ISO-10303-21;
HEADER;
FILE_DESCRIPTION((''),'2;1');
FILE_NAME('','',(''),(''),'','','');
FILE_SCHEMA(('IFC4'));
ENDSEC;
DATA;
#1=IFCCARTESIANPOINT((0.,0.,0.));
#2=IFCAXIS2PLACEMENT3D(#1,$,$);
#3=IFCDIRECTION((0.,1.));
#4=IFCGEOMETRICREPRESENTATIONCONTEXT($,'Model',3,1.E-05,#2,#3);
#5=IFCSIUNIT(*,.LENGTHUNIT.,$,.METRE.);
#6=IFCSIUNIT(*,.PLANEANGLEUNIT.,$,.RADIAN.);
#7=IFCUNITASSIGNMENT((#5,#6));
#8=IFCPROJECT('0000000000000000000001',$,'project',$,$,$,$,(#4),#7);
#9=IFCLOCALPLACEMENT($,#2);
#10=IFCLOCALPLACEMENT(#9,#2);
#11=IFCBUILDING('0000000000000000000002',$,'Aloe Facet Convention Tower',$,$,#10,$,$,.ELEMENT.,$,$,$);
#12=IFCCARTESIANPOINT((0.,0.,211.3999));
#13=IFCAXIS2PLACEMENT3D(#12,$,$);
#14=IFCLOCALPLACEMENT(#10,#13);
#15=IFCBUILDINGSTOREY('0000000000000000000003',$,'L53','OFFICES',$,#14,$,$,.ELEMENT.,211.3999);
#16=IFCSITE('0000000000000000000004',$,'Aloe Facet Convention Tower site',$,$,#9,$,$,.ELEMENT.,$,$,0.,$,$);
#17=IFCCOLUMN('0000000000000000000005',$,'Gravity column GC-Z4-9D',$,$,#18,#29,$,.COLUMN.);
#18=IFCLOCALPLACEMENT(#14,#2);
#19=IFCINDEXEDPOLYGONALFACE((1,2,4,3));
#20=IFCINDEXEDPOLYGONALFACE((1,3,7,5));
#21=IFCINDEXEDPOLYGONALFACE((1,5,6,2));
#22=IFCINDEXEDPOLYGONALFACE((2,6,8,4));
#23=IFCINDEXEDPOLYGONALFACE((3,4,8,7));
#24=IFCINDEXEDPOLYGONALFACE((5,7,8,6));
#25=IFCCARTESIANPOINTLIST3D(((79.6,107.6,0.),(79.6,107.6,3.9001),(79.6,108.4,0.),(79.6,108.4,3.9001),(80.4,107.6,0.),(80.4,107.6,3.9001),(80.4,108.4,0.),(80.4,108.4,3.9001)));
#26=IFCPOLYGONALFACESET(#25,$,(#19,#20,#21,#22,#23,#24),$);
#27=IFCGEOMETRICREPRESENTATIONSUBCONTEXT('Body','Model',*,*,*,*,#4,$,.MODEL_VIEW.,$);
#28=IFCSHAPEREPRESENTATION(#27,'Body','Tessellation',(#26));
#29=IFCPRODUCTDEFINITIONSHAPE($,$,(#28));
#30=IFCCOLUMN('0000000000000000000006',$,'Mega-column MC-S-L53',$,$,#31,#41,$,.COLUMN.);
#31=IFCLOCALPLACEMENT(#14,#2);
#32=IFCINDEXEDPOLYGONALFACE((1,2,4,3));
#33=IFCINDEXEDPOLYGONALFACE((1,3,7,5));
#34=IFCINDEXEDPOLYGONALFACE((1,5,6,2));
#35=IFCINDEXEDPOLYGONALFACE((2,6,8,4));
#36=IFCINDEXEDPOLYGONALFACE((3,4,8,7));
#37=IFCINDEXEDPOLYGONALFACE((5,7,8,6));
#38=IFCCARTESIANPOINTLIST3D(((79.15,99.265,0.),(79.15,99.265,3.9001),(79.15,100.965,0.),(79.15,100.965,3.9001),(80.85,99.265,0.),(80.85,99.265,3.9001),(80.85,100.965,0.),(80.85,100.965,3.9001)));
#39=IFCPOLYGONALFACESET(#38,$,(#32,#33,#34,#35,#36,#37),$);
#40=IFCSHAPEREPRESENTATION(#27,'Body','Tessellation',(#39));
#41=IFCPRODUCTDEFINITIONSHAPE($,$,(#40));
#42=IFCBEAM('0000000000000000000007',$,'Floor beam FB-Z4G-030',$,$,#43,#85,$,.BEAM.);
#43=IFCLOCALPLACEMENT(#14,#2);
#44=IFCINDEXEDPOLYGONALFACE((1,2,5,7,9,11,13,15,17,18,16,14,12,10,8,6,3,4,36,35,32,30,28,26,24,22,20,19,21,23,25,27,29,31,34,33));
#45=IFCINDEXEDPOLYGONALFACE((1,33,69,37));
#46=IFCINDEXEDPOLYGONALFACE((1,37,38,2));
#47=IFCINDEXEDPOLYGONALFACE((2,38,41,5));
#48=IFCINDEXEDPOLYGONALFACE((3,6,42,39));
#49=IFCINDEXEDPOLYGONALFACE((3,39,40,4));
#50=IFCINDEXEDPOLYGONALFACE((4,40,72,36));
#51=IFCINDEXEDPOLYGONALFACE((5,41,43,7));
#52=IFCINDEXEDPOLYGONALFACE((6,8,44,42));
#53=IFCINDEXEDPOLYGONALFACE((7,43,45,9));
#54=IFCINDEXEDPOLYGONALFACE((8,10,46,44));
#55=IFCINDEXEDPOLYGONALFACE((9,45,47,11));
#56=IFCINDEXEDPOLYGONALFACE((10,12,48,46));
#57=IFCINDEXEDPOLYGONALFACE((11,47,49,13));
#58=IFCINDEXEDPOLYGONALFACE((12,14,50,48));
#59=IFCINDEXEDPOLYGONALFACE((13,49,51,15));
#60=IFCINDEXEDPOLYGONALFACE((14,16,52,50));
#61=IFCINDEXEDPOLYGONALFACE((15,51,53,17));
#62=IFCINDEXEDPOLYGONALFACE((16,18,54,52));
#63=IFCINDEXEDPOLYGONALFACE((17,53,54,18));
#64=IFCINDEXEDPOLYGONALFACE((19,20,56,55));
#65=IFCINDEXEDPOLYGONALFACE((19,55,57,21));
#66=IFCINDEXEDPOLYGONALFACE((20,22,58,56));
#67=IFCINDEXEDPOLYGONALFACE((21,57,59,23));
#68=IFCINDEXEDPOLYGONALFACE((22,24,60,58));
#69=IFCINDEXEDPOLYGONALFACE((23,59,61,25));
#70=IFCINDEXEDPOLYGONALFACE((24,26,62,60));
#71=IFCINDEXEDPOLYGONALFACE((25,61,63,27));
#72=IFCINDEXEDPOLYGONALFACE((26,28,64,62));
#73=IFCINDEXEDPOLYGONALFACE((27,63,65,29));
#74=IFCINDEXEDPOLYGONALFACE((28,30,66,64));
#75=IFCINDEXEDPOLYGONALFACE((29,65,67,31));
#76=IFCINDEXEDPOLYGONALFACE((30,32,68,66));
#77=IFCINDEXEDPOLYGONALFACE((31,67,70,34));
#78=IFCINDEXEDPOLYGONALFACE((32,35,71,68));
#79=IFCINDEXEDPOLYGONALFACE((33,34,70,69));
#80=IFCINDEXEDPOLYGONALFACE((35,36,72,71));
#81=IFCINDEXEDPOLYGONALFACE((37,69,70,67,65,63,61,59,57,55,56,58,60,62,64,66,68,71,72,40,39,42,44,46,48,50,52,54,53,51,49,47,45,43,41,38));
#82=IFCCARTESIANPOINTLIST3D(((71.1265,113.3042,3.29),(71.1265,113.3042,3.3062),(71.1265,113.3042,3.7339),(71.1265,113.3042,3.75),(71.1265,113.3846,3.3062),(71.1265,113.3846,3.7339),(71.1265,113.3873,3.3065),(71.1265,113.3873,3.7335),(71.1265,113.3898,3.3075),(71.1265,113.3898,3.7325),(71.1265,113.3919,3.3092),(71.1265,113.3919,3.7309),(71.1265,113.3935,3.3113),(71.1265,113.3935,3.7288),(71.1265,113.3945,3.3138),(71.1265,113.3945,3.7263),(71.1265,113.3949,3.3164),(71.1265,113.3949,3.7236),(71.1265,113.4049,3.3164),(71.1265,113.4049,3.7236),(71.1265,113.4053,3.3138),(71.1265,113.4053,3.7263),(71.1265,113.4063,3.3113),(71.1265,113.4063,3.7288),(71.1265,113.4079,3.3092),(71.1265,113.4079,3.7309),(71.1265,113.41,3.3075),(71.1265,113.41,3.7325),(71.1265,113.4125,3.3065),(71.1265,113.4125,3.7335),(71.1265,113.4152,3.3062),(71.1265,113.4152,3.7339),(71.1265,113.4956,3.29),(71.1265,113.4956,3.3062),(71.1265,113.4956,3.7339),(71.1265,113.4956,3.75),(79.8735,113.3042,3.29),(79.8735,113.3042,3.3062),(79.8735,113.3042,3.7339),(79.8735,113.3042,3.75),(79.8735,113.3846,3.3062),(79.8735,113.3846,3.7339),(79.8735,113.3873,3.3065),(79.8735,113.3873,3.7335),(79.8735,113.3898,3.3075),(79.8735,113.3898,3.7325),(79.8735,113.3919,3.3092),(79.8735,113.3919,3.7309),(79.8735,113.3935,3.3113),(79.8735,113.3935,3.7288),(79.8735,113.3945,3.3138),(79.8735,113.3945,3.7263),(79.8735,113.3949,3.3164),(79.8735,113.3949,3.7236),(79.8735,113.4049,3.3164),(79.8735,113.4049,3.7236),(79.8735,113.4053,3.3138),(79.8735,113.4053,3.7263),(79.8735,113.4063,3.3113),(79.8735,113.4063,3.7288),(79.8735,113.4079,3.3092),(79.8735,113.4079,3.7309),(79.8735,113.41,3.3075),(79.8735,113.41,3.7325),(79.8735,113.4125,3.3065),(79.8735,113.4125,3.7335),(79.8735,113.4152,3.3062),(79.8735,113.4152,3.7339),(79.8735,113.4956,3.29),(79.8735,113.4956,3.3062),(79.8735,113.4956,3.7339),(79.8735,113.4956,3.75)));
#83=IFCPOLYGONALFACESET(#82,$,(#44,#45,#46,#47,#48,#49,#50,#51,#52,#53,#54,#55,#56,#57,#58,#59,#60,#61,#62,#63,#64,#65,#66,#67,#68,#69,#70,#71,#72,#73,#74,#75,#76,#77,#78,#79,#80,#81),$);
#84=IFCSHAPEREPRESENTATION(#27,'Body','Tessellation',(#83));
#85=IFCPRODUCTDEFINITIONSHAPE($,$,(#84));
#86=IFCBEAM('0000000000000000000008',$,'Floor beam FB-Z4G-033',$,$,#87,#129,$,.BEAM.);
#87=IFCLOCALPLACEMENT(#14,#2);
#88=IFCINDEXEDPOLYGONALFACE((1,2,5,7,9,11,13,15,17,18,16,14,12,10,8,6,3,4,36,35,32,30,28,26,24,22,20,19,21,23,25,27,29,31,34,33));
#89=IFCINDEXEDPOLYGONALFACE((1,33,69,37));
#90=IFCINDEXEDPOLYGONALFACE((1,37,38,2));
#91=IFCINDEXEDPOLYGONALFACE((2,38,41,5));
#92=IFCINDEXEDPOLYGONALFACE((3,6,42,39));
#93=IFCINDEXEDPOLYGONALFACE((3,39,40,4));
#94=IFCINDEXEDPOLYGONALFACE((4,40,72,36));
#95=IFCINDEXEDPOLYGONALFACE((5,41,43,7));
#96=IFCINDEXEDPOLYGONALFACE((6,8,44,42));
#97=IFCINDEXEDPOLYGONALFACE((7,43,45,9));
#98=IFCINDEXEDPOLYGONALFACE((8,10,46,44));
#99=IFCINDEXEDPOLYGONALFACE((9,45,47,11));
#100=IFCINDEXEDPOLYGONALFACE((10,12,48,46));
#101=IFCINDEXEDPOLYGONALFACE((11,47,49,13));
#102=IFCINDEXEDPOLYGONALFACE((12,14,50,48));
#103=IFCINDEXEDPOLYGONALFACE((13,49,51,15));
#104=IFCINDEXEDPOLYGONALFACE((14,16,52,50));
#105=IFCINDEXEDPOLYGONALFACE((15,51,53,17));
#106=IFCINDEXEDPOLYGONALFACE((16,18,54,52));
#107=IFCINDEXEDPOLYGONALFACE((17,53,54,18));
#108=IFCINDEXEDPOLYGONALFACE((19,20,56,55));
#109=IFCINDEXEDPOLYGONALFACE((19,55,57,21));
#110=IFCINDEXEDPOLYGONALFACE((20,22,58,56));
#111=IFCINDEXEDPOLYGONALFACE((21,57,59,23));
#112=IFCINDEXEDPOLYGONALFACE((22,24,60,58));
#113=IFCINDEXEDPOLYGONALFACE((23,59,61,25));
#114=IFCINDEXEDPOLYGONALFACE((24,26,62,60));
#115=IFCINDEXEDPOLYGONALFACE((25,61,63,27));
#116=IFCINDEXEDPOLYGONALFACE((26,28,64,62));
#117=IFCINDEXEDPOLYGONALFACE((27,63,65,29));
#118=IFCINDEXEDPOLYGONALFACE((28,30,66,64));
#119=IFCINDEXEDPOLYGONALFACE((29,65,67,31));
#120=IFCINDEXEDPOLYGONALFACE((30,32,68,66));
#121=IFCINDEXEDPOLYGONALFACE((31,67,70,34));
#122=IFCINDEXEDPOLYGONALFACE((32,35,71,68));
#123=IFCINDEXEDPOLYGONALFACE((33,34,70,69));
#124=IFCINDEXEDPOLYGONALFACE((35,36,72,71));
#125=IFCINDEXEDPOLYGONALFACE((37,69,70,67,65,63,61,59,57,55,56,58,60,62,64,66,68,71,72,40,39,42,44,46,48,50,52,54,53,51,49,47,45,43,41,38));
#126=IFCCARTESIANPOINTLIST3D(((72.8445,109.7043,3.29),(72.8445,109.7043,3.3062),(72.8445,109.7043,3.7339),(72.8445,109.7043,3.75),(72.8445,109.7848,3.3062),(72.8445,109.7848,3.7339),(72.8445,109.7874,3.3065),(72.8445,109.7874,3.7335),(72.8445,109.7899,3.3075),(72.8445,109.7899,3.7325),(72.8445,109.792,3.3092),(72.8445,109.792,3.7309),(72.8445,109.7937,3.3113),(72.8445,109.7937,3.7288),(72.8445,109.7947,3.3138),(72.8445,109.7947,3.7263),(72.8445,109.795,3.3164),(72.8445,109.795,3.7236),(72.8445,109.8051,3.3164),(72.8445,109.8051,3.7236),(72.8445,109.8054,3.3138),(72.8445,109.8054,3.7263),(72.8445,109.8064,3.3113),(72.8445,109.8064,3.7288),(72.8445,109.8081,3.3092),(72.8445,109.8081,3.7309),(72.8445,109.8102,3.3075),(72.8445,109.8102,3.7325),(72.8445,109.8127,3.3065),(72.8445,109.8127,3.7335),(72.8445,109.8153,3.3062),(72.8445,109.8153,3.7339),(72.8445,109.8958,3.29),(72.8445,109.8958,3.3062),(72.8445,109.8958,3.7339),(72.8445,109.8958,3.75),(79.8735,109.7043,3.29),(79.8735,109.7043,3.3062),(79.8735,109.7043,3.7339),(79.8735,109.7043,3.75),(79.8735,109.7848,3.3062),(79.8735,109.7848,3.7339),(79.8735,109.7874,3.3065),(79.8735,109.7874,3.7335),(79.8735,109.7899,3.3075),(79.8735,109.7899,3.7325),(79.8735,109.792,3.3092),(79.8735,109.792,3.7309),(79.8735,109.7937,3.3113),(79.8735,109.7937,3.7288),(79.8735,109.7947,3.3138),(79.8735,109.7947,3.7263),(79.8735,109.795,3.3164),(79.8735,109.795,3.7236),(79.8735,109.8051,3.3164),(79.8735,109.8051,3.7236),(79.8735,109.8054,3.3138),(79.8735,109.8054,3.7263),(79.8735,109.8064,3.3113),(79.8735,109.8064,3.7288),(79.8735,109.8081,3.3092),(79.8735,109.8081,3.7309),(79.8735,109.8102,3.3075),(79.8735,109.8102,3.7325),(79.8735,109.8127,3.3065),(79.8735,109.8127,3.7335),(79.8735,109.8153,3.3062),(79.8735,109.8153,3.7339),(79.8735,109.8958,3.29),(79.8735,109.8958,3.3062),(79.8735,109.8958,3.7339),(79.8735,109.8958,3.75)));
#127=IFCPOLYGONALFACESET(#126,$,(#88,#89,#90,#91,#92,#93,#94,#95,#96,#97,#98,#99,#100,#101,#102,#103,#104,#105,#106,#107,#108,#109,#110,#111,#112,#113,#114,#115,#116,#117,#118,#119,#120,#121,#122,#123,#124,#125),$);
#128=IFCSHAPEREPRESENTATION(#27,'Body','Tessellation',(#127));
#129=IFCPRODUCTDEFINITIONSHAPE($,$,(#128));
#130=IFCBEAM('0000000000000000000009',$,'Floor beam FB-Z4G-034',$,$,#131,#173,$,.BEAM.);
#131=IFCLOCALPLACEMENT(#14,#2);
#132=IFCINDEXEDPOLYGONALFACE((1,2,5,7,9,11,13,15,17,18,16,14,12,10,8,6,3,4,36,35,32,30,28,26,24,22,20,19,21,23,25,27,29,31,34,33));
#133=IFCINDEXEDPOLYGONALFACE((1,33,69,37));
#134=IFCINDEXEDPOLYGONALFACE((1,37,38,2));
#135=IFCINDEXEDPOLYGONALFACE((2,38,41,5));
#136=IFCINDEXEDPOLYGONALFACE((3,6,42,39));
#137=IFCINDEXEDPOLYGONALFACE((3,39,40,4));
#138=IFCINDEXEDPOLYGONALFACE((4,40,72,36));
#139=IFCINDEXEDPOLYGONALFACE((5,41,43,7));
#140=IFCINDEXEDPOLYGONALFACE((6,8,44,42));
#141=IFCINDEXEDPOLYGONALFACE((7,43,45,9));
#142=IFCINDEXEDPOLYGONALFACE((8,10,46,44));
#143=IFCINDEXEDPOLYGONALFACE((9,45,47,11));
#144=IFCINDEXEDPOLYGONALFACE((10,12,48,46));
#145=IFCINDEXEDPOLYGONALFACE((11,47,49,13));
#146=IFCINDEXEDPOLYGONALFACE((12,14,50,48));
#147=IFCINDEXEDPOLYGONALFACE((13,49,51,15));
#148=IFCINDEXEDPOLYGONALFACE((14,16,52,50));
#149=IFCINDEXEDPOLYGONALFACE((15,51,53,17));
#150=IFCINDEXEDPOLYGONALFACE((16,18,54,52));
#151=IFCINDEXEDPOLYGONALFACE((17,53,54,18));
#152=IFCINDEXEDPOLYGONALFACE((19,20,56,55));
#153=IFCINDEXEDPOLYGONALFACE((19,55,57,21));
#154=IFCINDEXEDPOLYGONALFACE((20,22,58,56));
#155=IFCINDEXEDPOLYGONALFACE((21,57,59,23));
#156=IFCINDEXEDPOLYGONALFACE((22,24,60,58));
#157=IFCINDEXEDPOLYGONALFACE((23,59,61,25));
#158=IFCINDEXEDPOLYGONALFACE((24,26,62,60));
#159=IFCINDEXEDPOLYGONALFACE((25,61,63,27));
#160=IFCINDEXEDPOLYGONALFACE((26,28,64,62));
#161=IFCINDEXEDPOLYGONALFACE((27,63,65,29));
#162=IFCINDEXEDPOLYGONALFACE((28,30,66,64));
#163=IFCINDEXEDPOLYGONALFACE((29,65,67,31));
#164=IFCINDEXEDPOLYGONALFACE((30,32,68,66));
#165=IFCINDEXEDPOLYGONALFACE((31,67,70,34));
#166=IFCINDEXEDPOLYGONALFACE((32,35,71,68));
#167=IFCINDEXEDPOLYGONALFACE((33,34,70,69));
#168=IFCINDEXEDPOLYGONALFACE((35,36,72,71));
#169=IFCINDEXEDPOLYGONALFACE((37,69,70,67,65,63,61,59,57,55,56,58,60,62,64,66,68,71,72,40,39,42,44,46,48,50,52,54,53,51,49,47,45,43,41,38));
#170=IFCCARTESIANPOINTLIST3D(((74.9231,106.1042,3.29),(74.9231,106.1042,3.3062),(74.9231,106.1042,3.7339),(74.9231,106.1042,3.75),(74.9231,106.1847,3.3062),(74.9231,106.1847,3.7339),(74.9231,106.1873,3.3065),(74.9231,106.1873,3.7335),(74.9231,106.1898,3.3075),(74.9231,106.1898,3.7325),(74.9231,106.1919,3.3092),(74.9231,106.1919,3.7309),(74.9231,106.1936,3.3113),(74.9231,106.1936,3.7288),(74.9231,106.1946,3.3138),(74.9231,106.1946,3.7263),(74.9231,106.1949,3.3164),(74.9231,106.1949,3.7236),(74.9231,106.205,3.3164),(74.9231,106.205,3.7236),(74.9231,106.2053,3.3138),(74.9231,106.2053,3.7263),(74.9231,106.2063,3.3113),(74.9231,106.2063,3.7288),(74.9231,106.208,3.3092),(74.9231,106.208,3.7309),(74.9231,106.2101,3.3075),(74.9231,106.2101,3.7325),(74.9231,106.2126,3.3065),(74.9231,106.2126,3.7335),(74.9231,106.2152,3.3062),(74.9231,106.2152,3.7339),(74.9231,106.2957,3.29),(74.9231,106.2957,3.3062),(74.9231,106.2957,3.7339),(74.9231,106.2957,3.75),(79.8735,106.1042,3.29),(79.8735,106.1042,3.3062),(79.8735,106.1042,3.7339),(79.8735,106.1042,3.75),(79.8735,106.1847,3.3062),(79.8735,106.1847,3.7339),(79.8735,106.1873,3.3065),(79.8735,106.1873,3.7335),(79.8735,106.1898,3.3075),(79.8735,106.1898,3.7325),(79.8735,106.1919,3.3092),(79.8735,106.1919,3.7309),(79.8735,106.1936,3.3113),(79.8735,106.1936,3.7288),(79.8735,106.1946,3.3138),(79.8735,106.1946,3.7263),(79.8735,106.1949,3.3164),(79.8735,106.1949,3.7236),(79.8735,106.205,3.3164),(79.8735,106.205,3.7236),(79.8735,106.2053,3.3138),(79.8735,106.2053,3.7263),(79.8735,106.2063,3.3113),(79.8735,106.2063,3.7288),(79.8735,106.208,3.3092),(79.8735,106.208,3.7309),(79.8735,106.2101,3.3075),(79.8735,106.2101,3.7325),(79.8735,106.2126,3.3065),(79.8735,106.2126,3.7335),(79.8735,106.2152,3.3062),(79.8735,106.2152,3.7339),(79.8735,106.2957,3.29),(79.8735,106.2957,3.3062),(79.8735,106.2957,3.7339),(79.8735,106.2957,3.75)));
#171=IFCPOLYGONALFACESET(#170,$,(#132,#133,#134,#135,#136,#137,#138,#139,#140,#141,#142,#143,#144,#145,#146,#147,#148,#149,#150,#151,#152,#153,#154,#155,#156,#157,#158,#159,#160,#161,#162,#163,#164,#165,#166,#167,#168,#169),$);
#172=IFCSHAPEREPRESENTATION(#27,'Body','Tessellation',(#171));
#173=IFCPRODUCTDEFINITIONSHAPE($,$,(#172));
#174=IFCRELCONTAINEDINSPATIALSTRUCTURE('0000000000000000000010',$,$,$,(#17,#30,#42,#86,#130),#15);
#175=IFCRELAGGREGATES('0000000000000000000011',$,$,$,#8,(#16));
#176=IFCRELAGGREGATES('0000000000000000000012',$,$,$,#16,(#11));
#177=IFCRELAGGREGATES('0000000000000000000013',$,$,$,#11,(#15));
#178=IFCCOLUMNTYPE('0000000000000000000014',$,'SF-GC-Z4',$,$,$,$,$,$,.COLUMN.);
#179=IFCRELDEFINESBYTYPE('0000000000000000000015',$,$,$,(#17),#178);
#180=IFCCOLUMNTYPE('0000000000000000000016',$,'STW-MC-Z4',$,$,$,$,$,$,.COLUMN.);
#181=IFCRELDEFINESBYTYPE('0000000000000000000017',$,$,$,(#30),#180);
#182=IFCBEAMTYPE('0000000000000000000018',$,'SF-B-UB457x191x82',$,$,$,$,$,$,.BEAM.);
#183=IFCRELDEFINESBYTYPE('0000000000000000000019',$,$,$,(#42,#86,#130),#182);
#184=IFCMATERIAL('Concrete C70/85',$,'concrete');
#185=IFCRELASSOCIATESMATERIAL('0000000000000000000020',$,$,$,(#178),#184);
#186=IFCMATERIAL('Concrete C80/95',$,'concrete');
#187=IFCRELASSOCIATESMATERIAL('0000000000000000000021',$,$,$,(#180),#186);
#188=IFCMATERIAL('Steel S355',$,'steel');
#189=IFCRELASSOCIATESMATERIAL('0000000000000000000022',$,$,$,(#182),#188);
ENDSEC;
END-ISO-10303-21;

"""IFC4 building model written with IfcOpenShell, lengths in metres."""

from ifc_helpers import new_model, si_unit, direction, frame, origin, origin_2d, place, context, subcontext, project, spatial, rectangle, i_section, extrude, material, material_profile, profile_set, type_object, element, save


model = new_model("IFC4")

# Units and contexts
model_context = context("Model", 3, precision=1e-05, world=origin(), true_north=direction((0.0, 1.0)))
body_context = subcontext(model_context, "Body", "Model", "MODEL_VIEW")
ifc_project = project(units=[si_unit("LENGTHUNIT", "METRE"), si_unit("PLANEANGLEUNIT", "RADIAN")], contexts=[model_context])

# Site, building, storey
site_placement = place(None, origin())
site = spatial("IfcSite", under=ifc_project, at=site_placement, Name="Aloe Facet Convention Tower site", CompositionType="ELEMENT", RefElevation=0.0)
building_placement = place(site_placement, origin())
building = spatial("IfcBuilding", under=site, at=building_placement, Name="Aloe Facet Convention Tower", CompositionType="ELEMENT")
storey_placement = place(building_placement, frame((0.0, 0.0, 211.3999)))
storey = spatial("IfcBuildingStorey", under=building, at=storey_placement, Name="L53", Description="OFFICES", CompositionType="ELEMENT", Elevation=211.3999)

# Columns
ifc_material_1 = material(Name="Concrete C70/85", Category="concrete")
ifc_material_profile_1 = material_profile(ifc_material_1, rectangle(XDim=0.8, YDim=0.8, at=origin_2d()), Name="SF-GC-Z4")
ifc_profile_set_1 = profile_set([ifc_material_profile_1], Name="Concrete C70/85")
column_type_1 = type_object("IfcColumnType", Name="SF-GC-Z4", PredefinedType="COLUMN", material=ifc_profile_set_1)
column_1_placement = place(storey_placement, frame((80.0, 108.0, 0.0), z_axis=(0.0, 0.0, 1.0), x_axis=(1.0, 0.0, 0.0)))
element("IfcColumn", 1, at=column_1_placement, inside=storey, type_object=column_type_1, Name="Gravity column GC-Z4-9D", PredefinedType="COLUMN", context=body_context, shape_type="SweptSolid", body=[
    extrude(rectangle(XDim=0.8, YDim=0.8, at=origin_2d()), origin(), (0.0, 0.0, 1.0), 3.9001),
])
ifc_material_2 = material(Name="Concrete C80/95", Category="concrete")
ifc_material_profile_2 = material_profile(ifc_material_2, rectangle(XDim=1.7, YDim=1.7, at=origin_2d()), Name="STW-MC-Z4")
ifc_profile_set_2 = profile_set([ifc_material_profile_2], Name="Concrete C80/95")
column_type_2 = type_object("IfcColumnType", Name="STW-MC-Z4", PredefinedType="COLUMN", material=ifc_profile_set_2)
column_2_placement = place(storey_placement, frame((80.0, 100.115, 0.0), z_axis=(0.0, 0.0, 1.0), x_axis=(1.0, 0.0, 0.0)))
element("IfcColumn", 2, at=column_2_placement, inside=storey, type_object=column_type_2, Name="Mega-column MC-S-L53", PredefinedType="COLUMN", context=body_context, shape_type="SweptSolid", body=[
    extrude(rectangle(XDim=1.7, YDim=1.7, at=origin_2d()), origin(), (0.0, 0.0, 1.0), 3.9001),
])

# Beams
ifc_material_3 = material(Name="Steel S355", Category="steel")
ifc_material_profile_3 = material_profile(ifc_material_3, i_section(OverallWidth=0.1914, OverallDepth=0.46, WebThickness=0.01, FlangeThickness=0.0161, FilletRadius=0.0103, at=origin_2d()), Name="UB 457x191x82")
ifc_profile_set_3 = profile_set([ifc_material_profile_3], Name="Steel S355")
beam_type_1 = type_object("IfcBeamType", Name="SF-B-UB457x191x82", PredefinedType="BEAM", material=ifc_profile_set_3)
beam_1_placement = place(storey_placement, frame((71.1265, 113.3999, 3.52), z_axis=(1.0, 0.0, 0.0), x_axis=(0.0, 1.0, 0.0)))
element("IfcBeam", 3, at=beam_1_placement, inside=storey, type_object=beam_type_1, Name="Floor beam FB-Z4G-030", PredefinedType="BEAM", context=body_context, shape_type="SweptSolid", body=[
    extrude(i_section(OverallWidth=0.1914, OverallDepth=0.46, WebThickness=0.01, FlangeThickness=0.0161, FilletRadius=0.0103, at=origin_2d()), origin(), (0.0, 0.0, 1.0), 8.7471),
])
beam_2_placement = place(storey_placement, frame((72.8445, 109.8, 3.52), z_axis=(1.0, 0.0, 0.0), x_axis=(0.0, 1.0, 0.0)))
element("IfcBeam", 4, at=beam_2_placement, inside=storey, type_object=beam_type_1, Name="Floor beam FB-Z4G-033", PredefinedType="BEAM", context=body_context, shape_type="SweptSolid", body=[
    extrude(i_section(OverallWidth=0.1914, OverallDepth=0.46, WebThickness=0.01, FlangeThickness=0.0161, FilletRadius=0.0103, at=origin_2d()), origin(), (0.0, 0.0, 1.0), 7.0291),
])
beam_3_placement = place(storey_placement, frame((74.9231, 106.2, 3.52), z_axis=(1.0, 0.0, 0.0), x_axis=(0.0, 1.0, 0.0)))
element("IfcBeam", 5, at=beam_3_placement, inside=storey, type_object=beam_type_1, Name="Floor beam FB-Z4G-034", PredefinedType="BEAM", context=body_context, shape_type="SweptSolid", body=[
    extrude(i_section(OverallWidth=0.1914, OverallDepth=0.46, WebThickness=0.01, FlangeThickness=0.0161, FilletRadius=0.0103, at=origin_2d()), origin(), (0.0, 0.0, 1.0), 4.9504),
])

save(model, "model.ifc")
